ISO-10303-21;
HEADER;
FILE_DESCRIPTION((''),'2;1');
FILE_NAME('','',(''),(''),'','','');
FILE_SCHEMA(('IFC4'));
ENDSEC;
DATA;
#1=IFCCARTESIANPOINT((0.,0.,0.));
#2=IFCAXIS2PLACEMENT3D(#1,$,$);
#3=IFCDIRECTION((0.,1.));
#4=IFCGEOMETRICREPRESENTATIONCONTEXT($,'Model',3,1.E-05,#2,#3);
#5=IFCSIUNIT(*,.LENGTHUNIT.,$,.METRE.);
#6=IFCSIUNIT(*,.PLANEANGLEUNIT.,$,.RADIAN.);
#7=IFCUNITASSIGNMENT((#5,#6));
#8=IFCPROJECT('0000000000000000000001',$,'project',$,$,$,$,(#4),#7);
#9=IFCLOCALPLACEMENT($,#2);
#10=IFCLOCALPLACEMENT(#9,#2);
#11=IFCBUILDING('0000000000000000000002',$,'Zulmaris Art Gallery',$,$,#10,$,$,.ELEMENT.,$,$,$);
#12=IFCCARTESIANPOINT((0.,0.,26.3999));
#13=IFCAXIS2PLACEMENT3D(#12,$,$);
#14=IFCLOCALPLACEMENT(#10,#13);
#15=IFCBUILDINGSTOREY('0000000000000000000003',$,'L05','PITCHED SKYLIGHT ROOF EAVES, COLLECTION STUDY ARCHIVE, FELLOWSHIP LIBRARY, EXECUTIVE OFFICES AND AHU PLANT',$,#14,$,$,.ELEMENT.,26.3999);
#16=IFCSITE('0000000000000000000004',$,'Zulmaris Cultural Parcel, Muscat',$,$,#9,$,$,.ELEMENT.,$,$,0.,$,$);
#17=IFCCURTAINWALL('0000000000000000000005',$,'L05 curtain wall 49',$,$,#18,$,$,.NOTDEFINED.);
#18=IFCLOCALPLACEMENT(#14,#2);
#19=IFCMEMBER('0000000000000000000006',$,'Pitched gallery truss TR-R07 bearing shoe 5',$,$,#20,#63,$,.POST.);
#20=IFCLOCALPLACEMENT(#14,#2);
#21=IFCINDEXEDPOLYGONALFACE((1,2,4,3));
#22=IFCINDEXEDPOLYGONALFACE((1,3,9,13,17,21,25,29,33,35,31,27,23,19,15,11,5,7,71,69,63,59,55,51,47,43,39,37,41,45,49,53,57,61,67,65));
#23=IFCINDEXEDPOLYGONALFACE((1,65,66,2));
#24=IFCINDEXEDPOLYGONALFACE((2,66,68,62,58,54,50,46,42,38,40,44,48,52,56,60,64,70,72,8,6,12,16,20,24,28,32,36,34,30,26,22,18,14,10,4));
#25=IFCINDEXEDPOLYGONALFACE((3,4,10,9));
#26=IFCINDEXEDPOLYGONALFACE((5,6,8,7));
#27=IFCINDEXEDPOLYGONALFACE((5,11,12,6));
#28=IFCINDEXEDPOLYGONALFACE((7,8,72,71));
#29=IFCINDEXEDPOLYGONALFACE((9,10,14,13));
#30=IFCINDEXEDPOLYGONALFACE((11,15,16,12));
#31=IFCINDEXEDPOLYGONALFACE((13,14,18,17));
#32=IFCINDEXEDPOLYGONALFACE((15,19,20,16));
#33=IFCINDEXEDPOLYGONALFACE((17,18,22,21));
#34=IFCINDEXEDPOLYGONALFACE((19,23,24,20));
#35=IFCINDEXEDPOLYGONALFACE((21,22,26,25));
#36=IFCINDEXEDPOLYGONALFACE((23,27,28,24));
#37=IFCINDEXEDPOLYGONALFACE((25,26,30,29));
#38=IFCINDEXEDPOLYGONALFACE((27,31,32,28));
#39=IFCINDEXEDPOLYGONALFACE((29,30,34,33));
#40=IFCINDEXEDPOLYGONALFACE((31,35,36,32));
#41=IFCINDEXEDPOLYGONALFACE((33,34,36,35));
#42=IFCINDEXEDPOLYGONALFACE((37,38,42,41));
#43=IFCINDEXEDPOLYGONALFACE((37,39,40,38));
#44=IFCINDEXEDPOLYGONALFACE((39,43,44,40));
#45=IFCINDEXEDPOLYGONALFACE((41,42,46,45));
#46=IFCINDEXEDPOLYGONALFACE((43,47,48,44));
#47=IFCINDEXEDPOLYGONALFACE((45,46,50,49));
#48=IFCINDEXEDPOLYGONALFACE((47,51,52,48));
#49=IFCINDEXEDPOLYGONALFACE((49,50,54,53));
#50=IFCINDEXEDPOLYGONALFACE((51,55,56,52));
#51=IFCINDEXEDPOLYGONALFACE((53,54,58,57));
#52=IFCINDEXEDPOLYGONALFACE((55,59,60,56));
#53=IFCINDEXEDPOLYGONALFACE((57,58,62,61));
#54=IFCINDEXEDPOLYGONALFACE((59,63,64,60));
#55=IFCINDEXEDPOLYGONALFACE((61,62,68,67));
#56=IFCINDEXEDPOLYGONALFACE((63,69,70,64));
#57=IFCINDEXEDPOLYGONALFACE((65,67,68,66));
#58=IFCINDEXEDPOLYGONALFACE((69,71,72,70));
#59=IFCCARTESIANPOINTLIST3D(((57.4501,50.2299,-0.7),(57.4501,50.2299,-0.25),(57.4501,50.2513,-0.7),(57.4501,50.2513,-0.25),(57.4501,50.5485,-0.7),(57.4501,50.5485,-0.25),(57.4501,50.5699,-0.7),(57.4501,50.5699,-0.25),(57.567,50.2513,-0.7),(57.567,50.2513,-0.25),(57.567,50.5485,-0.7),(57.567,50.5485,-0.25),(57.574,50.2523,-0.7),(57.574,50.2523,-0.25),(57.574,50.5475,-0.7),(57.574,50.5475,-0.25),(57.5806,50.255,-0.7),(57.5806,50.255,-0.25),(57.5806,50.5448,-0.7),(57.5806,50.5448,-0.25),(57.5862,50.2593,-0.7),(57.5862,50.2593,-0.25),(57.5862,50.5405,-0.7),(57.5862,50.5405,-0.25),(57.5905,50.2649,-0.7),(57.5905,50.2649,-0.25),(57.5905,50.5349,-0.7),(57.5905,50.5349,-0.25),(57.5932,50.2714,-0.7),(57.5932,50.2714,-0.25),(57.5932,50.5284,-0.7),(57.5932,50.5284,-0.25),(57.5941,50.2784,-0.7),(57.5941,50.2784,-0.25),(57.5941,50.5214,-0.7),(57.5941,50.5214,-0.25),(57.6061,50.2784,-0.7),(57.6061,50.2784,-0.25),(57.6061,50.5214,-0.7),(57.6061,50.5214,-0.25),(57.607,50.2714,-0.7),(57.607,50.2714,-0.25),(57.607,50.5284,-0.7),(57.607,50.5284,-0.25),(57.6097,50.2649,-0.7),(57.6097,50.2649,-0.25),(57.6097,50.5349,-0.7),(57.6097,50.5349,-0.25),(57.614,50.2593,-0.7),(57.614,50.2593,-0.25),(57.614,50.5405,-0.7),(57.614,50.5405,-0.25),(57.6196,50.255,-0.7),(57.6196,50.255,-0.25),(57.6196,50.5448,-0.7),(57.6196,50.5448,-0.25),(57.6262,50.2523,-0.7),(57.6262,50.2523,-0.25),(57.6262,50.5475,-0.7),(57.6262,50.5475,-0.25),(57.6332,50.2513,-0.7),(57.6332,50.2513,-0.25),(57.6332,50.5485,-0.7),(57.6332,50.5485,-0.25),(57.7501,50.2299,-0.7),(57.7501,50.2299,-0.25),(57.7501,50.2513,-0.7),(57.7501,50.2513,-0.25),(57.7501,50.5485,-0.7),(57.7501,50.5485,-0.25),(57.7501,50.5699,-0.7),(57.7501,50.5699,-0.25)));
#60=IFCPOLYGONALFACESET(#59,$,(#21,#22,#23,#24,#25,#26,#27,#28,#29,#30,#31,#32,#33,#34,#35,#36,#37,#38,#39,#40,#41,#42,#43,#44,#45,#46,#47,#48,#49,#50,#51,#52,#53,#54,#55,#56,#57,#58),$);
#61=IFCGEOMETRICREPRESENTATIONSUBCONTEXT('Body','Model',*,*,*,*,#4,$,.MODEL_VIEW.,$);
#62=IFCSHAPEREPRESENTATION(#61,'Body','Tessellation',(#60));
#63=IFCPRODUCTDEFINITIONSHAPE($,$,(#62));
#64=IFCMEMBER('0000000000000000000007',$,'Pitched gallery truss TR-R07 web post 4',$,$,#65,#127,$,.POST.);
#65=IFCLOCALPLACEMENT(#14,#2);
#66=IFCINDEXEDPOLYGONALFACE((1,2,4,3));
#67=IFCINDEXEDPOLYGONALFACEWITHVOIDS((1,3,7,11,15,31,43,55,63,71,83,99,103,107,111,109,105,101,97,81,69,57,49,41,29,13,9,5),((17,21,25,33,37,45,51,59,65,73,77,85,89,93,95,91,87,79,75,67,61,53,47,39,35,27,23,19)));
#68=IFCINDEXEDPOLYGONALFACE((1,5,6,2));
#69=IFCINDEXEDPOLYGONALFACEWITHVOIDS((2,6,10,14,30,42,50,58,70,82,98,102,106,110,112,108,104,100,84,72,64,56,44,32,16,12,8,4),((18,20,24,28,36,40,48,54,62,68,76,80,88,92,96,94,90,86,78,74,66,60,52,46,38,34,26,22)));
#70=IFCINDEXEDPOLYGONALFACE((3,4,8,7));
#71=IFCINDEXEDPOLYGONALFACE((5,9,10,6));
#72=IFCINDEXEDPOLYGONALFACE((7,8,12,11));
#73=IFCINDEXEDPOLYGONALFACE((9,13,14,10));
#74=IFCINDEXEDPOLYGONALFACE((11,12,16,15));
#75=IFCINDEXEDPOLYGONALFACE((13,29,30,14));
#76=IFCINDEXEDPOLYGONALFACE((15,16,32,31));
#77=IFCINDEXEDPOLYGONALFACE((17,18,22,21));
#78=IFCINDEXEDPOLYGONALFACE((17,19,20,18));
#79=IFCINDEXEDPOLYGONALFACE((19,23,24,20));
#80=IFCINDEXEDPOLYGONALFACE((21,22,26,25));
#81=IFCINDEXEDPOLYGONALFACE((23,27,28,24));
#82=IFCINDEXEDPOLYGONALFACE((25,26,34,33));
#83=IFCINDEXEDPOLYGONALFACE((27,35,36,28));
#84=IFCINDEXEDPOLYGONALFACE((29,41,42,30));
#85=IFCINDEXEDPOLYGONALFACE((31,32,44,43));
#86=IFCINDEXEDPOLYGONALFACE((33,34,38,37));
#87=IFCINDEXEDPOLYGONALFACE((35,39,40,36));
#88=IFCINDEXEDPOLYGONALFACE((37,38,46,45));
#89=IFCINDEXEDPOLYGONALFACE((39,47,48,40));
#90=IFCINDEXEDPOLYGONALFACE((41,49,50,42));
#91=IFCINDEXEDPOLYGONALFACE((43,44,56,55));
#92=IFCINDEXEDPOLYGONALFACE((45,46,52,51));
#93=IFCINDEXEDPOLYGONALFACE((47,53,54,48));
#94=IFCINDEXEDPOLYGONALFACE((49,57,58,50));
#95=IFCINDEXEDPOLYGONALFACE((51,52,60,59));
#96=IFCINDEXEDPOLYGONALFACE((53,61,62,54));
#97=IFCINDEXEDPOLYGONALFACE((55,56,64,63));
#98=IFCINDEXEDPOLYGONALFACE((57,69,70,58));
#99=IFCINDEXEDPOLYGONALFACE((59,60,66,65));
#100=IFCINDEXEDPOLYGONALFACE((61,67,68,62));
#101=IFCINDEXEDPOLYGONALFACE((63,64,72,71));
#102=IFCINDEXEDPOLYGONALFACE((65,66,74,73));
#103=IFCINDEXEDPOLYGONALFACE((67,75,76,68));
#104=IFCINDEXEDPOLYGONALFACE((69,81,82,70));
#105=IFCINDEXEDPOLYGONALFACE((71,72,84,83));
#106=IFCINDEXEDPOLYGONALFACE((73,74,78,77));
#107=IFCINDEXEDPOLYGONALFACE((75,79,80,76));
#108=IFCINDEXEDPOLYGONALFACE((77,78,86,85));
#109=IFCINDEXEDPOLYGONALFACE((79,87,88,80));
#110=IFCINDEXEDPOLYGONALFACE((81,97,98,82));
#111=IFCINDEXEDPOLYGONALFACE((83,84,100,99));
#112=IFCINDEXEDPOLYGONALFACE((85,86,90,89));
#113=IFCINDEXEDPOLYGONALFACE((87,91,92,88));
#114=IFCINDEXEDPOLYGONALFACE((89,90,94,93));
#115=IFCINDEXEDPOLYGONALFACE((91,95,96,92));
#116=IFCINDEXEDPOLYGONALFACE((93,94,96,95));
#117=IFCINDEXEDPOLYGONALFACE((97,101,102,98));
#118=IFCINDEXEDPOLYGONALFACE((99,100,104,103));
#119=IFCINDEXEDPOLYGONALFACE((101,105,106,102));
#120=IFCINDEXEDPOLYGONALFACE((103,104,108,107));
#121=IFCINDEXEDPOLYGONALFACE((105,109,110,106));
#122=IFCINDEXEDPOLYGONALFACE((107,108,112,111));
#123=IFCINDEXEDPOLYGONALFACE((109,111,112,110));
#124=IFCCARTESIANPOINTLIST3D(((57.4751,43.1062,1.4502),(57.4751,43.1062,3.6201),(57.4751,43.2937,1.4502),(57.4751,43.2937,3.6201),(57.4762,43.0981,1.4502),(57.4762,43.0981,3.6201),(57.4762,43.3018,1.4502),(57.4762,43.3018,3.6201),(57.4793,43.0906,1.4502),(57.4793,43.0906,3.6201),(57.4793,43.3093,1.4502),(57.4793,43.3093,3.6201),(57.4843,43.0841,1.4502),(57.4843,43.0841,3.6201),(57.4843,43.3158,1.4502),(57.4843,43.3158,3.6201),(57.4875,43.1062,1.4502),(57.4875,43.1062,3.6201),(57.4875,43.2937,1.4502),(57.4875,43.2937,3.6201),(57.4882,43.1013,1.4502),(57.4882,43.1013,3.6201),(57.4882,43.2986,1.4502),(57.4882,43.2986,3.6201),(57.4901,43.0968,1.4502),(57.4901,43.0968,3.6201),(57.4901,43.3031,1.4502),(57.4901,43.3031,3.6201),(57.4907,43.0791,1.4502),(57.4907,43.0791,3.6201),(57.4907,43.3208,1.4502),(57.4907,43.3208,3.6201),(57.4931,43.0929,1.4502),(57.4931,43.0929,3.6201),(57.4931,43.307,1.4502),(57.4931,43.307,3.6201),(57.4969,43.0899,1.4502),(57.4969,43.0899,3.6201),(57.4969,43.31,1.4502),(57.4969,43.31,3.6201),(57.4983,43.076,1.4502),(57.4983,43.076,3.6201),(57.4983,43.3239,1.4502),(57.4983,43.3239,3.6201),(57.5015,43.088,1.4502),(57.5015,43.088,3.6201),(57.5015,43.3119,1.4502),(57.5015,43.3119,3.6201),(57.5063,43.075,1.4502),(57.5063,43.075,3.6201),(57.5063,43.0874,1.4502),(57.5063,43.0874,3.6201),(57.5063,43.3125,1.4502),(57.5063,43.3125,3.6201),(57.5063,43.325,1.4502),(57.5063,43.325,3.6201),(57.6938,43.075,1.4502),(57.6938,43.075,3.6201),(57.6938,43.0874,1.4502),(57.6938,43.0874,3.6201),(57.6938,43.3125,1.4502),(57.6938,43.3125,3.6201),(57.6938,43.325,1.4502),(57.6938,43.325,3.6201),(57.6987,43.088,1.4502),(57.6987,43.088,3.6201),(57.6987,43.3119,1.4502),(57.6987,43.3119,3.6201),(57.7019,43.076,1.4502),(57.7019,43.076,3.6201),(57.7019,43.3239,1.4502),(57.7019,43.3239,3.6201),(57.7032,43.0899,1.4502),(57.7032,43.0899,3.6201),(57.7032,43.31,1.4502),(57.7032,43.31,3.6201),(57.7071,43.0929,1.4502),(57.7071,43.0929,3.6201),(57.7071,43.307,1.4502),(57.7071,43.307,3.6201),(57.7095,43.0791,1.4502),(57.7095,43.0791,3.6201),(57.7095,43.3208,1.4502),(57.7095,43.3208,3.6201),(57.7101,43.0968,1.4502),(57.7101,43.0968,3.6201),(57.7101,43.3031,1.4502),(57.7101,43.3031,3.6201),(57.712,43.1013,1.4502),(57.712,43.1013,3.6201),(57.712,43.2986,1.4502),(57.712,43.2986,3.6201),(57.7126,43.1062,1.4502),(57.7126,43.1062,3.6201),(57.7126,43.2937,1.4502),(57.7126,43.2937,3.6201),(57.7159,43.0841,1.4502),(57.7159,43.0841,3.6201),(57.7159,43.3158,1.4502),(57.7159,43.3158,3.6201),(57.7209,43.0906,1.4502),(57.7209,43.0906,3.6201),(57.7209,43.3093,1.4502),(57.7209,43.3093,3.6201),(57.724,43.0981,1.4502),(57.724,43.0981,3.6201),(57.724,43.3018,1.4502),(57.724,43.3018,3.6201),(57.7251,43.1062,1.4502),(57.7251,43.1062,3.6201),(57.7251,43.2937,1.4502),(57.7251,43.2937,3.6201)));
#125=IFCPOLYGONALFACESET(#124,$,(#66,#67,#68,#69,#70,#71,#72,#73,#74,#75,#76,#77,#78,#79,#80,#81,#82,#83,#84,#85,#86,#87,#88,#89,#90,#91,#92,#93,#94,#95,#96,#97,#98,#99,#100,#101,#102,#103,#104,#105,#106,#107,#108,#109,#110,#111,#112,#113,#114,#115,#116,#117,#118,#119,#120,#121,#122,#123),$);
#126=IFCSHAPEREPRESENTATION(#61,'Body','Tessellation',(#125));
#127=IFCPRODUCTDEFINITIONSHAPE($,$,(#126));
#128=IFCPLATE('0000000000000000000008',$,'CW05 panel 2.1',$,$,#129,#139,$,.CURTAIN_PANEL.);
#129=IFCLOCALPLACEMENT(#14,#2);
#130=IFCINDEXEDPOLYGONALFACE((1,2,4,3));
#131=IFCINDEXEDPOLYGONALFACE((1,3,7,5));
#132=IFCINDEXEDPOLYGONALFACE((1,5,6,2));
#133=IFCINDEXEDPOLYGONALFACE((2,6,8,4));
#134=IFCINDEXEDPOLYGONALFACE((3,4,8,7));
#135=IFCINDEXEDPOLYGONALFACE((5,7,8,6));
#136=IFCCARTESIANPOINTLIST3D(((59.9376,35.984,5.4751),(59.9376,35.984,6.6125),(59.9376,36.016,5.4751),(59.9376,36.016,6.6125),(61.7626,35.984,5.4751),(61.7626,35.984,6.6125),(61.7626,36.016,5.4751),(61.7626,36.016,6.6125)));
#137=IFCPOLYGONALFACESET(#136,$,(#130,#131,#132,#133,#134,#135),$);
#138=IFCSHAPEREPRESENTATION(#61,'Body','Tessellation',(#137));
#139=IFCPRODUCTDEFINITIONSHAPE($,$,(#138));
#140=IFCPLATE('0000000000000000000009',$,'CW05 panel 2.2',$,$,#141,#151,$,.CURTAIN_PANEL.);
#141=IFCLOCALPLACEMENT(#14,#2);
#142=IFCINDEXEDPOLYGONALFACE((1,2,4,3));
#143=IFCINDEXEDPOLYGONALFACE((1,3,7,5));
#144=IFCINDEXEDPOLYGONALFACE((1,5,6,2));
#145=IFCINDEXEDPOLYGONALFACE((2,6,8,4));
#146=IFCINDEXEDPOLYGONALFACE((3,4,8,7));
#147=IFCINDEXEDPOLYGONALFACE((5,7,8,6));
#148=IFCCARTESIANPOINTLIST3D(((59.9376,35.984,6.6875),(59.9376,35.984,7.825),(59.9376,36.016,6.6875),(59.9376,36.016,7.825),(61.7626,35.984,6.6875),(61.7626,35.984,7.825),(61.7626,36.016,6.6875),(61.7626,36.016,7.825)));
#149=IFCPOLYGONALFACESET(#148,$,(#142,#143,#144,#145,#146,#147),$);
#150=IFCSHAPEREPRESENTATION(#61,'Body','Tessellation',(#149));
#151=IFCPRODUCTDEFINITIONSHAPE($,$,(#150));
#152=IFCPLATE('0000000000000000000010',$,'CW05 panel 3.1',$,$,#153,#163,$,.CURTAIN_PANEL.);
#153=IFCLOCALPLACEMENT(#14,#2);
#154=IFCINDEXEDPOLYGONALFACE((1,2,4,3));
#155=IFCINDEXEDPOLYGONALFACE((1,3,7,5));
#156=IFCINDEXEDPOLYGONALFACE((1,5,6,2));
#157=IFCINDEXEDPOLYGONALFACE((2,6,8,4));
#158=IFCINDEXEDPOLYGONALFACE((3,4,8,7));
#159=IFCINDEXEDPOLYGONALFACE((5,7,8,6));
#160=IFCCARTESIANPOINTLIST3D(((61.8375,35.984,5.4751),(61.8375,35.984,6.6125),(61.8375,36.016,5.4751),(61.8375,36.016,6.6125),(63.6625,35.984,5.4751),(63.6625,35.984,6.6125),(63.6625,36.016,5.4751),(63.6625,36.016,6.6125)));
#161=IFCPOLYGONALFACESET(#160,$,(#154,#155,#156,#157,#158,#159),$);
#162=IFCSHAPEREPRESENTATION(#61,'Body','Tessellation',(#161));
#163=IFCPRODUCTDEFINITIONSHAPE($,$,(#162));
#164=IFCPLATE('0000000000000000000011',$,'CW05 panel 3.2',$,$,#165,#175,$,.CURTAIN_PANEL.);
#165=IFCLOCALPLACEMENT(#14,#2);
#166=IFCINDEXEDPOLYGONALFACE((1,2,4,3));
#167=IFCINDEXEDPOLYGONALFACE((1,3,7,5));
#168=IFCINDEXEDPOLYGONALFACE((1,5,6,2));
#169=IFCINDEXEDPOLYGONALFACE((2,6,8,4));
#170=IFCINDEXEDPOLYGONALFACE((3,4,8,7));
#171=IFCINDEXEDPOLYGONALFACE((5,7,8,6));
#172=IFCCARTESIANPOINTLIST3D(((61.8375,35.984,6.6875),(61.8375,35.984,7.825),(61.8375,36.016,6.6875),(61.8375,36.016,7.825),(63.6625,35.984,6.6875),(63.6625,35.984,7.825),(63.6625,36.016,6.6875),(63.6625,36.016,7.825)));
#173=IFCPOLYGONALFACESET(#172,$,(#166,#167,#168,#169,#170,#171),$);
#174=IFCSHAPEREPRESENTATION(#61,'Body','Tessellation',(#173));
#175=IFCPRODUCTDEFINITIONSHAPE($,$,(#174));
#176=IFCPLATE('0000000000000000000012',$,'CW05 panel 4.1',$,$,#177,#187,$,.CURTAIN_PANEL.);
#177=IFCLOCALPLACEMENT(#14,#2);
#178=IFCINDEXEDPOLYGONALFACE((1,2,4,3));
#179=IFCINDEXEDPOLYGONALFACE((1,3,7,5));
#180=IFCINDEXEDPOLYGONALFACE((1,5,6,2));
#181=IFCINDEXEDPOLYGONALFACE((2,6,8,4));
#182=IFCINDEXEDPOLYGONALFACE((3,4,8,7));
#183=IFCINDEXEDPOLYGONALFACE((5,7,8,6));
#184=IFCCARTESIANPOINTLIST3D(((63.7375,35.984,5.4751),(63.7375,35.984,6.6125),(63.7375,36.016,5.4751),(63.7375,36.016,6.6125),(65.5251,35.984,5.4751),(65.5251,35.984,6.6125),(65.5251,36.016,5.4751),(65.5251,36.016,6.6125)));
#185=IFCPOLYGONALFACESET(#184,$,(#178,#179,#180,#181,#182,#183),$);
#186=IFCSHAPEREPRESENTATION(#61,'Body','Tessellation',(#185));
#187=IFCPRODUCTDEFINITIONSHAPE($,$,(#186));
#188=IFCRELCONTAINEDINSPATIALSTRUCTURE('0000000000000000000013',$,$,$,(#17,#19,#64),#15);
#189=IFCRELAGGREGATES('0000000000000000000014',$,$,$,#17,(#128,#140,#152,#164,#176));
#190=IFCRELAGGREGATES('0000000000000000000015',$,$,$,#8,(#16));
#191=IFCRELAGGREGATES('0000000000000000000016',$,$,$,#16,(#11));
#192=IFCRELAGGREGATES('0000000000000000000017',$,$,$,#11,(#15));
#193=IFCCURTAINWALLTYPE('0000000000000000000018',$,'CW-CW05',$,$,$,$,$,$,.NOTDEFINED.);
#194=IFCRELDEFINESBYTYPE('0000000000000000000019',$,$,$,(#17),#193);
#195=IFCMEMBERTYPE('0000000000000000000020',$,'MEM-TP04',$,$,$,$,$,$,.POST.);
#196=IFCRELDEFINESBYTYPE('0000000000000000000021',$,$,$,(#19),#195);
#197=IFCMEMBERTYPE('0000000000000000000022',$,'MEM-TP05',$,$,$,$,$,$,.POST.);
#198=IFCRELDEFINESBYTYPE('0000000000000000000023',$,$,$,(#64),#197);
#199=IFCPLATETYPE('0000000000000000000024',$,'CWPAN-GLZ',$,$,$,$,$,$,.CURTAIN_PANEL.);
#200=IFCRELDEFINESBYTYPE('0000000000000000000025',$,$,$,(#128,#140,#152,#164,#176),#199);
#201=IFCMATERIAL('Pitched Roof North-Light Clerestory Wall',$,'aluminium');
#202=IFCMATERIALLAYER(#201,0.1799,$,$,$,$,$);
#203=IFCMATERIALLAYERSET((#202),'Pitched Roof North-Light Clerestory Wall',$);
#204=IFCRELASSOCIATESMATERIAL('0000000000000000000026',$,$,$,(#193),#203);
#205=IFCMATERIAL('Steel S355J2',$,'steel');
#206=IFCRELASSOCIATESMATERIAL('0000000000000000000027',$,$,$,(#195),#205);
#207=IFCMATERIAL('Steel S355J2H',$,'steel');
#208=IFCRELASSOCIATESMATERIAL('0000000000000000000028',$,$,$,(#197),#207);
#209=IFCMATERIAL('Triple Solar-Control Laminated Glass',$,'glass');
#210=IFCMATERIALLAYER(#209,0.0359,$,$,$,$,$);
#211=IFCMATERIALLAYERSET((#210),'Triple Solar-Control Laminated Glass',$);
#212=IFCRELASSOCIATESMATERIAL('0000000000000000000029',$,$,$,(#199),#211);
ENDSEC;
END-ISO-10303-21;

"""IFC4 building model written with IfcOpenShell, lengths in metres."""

from ifc_helpers import new_model, si_unit, direction, frame, origin, origin_2d, place, context, subcontext, project, spatial, rectangle, hollow_rectangle, i_section, extrude, material, layer, layer_set, material_profile, profile_set, type_object, element, aggregate, save


model = new_model("IFC4")

# Units and contexts
model_context = context("Model", 3, precision=1e-05, world=origin(), true_north=direction((0.0, 1.0)))
body_context = subcontext(model_context, "Body", "Model", "MODEL_VIEW")
ifc_project = project(units=[si_unit("LENGTHUNIT", "METRE"), si_unit("PLANEANGLEUNIT", "RADIAN")], contexts=[model_context])

# Site, building, storey
site_placement = place(None, origin())
site = spatial("IfcSite", under=ifc_project, at=site_placement, Name="Zulmaris Cultural Parcel, Muscat", CompositionType="ELEMENT", RefElevation=0.0)
building_placement = place(site_placement, origin())
building = spatial("IfcBuilding", under=site, at=building_placement, Name="Zulmaris Art Gallery", CompositionType="ELEMENT")
storey_placement = place(building_placement, frame((0.0, 0.0, 26.3999)))
storey = spatial("IfcBuildingStorey", under=building, at=storey_placement, Name="L05", Description="PITCHED SKYLIGHT ROOF EAVES, COLLECTION STUDY ARCHIVE, FELLOWSHIP LIBRARY, EXECUTIVE OFFICES AND AHU PLANT", CompositionType="ELEMENT", Elevation=26.3999)

# Curtain wall
ifc_material_1 = material(Name="Pitched Roof North-Light Clerestory Wall", Category="aluminium")
ifc_layer_1 = layer(ifc_material_1, 0.1799)
ifc_layer_set_1 = layer_set([ifc_layer_1], Name="Pitched Roof North-Light Clerestory Wall")
curtain_wall_type = type_object("IfcCurtainWallType", Name="CW-CW05", PredefinedType="NOTDEFINED", material=ifc_layer_set_1)
curtain_wall_placement = place(storey_placement, origin())
curtain_wall = element("IfcCurtainWall", 1, at=curtain_wall_placement, inside=storey, type_object=curtain_wall_type, Name="L05 curtain wall 49", PredefinedType="NOTDEFINED")

# Members
ifc_material_2 = material(Name="Steel S355J2H", Category="steel")
ifc_material_3 = material(Name="Steel S355J2", Category="steel")
ifc_material_profile_1 = material_profile(ifc_material_3, i_section(OverallWidth=0.3, OverallDepth=0.3401, WebThickness=0.012, FlangeThickness=0.0215, FilletRadius=0.0271, at=origin_2d()), Name="HEB 340")
ifc_profile_set_1 = profile_set([ifc_material_profile_1], Name="Steel S355J2")
member_type_1 = type_object("IfcMemberType", Name="MEM-TP04", PredefinedType="POST", material=ifc_profile_set_1)
member_1_placement = place(storey_placement, frame((57.6001, 50.3999, -0.7), z_axis=(0.0, 0.0, 1.0), x_axis=(1.0, 0.0, 0.0)))
element("IfcMember", 2, at=member_1_placement, inside=storey, type_object=member_type_1, Name="Pitched gallery truss TR-R07 bearing shoe 5", PredefinedType="POST", context=body_context, shape_type="SweptSolid", body=[
    extrude(i_section(OverallWidth=0.3, OverallDepth=0.3401, WebThickness=0.012, FlangeThickness=0.0215, FilletRadius=0.0271, at=origin_2d()), origin(), (0.0, 0.0, 1.0), 0.45),
])
ifc_material_profile_2 = material_profile(ifc_material_2, hollow_rectangle(XDim=0.25, YDim=0.25, WallThickness=0.0125, InnerFilletRadius=0.0188, OuterFilletRadius=0.0312, at=origin_2d()), Name="SHS 250x250x12.5")
ifc_profile_set_2 = profile_set([ifc_material_profile_2], Name="Steel S355J2H")
member_type_2 = type_object("IfcMemberType", Name="MEM-TP05", PredefinedType="POST", material=ifc_profile_set_2)
member_2_placement = place(storey_placement, frame((57.6001, 43.2, 1.4502), z_axis=(0.0, 0.0, 1.0), x_axis=(1.0, 0.0, 0.0)))
element("IfcMember", 3, at=member_2_placement, inside=storey, type_object=member_type_2, Name="Pitched gallery truss TR-R07 web post 4", PredefinedType="POST", context=body_context, shape_type="SweptSolid", body=[
    extrude(hollow_rectangle(XDim=0.25, YDim=0.25, WallThickness=0.0125, InnerFilletRadius=0.0188, OuterFilletRadius=0.0312, at=origin_2d()), origin(), (0.0, 0.0, 1.0), 2.1699),
])

# Plates
ifc_material_4 = material(Name="Triple Solar-Control Laminated Glass", Category="glass")
ifc_layer_2 = layer(ifc_material_4, 0.0359)
ifc_layer_set_2 = layer_set([ifc_layer_2], Name="Triple Solar-Control Laminated Glass")
plate_type_1 = type_object("IfcPlateType", Name="CWPAN-GLZ", PredefinedType="CURTAIN_PANEL", material=ifc_layer_set_2)
plate_1_placement = place(storey_placement, frame((60.8501, 36.0, 5.4751), z_axis=(0.0, 0.0, 1.0), x_axis=(1.0, 0.0, 0.0)))
plate_1 = element("IfcPlate", 4, at=plate_1_placement, type_object=plate_type_1, Name="CW05 panel 2.1", PredefinedType="CURTAIN_PANEL", context=body_context, shape_type="SweptSolid", body=[
    extrude(rectangle(XDim=1.825, YDim=0.032, at=origin_2d()), origin(), (0.0, 0.0, 1.0), 1.1375),
])
plate_2_placement = place(storey_placement, frame((60.8501, 36.0, 6.6875), z_axis=(0.0, 0.0, 1.0), x_axis=(1.0, 0.0, 0.0)))
plate_2 = element("IfcPlate", 5, at=plate_2_placement, type_object=plate_type_1, Name="CW05 panel 2.2", PredefinedType="CURTAIN_PANEL", context=body_context, shape_type="SweptSolid", body=[
    extrude(rectangle(XDim=1.825, YDim=0.032, at=origin_2d()), origin(), (0.0, 0.0, 1.0), 1.1375),
])
plate_3_placement = place(storey_placement, frame((62.75, 36.0, 5.4751), z_axis=(0.0, 0.0, 1.0), x_axis=(1.0, 0.0, 0.0)))
plate_3 = element("IfcPlate", 6, at=plate_3_placement, type_object=plate_type_1, Name="CW05 panel 3.1", PredefinedType="CURTAIN_PANEL", context=body_context, shape_type="SweptSolid", body=[
    extrude(rectangle(XDim=1.825, YDim=0.032, at=origin_2d()), origin(), (0.0, 0.0, 1.0), 1.1375),
])
plate_4_placement = place(storey_placement, frame((62.75, 36.0, 6.6875), z_axis=(0.0, 0.0, 1.0), x_axis=(1.0, 0.0, 0.0)))
plate_4 = element("IfcPlate", 7, at=plate_4_placement, type_object=plate_type_1, Name="CW05 panel 3.2", PredefinedType="CURTAIN_PANEL", context=body_context, shape_type="SweptSolid", body=[
    extrude(rectangle(XDim=1.825, YDim=0.032, at=origin_2d()), origin(), (0.0, 0.0, 1.0), 1.1375),
])
plate_5_placement = place(storey_placement, frame((64.6313, 36.0, 5.4751), z_axis=(0.0, 0.0, 1.0), x_axis=(1.0, 0.0, 0.0)))
plate_5 = element("IfcPlate", 8, at=plate_5_placement, type_object=plate_type_1, Name="CW05 panel 4.1", PredefinedType="CURTAIN_PANEL", context=body_context, shape_type="SweptSolid", body=[
    extrude(rectangle(XDim=1.7876, YDim=0.032, at=origin_2d()), origin(), (0.0, 0.0, 1.0), 1.1375),
])
aggregate(curtain_wall, [plate_1, plate_2, plate_3, plate_4, plate_5])

save(model, "model.ifc")
